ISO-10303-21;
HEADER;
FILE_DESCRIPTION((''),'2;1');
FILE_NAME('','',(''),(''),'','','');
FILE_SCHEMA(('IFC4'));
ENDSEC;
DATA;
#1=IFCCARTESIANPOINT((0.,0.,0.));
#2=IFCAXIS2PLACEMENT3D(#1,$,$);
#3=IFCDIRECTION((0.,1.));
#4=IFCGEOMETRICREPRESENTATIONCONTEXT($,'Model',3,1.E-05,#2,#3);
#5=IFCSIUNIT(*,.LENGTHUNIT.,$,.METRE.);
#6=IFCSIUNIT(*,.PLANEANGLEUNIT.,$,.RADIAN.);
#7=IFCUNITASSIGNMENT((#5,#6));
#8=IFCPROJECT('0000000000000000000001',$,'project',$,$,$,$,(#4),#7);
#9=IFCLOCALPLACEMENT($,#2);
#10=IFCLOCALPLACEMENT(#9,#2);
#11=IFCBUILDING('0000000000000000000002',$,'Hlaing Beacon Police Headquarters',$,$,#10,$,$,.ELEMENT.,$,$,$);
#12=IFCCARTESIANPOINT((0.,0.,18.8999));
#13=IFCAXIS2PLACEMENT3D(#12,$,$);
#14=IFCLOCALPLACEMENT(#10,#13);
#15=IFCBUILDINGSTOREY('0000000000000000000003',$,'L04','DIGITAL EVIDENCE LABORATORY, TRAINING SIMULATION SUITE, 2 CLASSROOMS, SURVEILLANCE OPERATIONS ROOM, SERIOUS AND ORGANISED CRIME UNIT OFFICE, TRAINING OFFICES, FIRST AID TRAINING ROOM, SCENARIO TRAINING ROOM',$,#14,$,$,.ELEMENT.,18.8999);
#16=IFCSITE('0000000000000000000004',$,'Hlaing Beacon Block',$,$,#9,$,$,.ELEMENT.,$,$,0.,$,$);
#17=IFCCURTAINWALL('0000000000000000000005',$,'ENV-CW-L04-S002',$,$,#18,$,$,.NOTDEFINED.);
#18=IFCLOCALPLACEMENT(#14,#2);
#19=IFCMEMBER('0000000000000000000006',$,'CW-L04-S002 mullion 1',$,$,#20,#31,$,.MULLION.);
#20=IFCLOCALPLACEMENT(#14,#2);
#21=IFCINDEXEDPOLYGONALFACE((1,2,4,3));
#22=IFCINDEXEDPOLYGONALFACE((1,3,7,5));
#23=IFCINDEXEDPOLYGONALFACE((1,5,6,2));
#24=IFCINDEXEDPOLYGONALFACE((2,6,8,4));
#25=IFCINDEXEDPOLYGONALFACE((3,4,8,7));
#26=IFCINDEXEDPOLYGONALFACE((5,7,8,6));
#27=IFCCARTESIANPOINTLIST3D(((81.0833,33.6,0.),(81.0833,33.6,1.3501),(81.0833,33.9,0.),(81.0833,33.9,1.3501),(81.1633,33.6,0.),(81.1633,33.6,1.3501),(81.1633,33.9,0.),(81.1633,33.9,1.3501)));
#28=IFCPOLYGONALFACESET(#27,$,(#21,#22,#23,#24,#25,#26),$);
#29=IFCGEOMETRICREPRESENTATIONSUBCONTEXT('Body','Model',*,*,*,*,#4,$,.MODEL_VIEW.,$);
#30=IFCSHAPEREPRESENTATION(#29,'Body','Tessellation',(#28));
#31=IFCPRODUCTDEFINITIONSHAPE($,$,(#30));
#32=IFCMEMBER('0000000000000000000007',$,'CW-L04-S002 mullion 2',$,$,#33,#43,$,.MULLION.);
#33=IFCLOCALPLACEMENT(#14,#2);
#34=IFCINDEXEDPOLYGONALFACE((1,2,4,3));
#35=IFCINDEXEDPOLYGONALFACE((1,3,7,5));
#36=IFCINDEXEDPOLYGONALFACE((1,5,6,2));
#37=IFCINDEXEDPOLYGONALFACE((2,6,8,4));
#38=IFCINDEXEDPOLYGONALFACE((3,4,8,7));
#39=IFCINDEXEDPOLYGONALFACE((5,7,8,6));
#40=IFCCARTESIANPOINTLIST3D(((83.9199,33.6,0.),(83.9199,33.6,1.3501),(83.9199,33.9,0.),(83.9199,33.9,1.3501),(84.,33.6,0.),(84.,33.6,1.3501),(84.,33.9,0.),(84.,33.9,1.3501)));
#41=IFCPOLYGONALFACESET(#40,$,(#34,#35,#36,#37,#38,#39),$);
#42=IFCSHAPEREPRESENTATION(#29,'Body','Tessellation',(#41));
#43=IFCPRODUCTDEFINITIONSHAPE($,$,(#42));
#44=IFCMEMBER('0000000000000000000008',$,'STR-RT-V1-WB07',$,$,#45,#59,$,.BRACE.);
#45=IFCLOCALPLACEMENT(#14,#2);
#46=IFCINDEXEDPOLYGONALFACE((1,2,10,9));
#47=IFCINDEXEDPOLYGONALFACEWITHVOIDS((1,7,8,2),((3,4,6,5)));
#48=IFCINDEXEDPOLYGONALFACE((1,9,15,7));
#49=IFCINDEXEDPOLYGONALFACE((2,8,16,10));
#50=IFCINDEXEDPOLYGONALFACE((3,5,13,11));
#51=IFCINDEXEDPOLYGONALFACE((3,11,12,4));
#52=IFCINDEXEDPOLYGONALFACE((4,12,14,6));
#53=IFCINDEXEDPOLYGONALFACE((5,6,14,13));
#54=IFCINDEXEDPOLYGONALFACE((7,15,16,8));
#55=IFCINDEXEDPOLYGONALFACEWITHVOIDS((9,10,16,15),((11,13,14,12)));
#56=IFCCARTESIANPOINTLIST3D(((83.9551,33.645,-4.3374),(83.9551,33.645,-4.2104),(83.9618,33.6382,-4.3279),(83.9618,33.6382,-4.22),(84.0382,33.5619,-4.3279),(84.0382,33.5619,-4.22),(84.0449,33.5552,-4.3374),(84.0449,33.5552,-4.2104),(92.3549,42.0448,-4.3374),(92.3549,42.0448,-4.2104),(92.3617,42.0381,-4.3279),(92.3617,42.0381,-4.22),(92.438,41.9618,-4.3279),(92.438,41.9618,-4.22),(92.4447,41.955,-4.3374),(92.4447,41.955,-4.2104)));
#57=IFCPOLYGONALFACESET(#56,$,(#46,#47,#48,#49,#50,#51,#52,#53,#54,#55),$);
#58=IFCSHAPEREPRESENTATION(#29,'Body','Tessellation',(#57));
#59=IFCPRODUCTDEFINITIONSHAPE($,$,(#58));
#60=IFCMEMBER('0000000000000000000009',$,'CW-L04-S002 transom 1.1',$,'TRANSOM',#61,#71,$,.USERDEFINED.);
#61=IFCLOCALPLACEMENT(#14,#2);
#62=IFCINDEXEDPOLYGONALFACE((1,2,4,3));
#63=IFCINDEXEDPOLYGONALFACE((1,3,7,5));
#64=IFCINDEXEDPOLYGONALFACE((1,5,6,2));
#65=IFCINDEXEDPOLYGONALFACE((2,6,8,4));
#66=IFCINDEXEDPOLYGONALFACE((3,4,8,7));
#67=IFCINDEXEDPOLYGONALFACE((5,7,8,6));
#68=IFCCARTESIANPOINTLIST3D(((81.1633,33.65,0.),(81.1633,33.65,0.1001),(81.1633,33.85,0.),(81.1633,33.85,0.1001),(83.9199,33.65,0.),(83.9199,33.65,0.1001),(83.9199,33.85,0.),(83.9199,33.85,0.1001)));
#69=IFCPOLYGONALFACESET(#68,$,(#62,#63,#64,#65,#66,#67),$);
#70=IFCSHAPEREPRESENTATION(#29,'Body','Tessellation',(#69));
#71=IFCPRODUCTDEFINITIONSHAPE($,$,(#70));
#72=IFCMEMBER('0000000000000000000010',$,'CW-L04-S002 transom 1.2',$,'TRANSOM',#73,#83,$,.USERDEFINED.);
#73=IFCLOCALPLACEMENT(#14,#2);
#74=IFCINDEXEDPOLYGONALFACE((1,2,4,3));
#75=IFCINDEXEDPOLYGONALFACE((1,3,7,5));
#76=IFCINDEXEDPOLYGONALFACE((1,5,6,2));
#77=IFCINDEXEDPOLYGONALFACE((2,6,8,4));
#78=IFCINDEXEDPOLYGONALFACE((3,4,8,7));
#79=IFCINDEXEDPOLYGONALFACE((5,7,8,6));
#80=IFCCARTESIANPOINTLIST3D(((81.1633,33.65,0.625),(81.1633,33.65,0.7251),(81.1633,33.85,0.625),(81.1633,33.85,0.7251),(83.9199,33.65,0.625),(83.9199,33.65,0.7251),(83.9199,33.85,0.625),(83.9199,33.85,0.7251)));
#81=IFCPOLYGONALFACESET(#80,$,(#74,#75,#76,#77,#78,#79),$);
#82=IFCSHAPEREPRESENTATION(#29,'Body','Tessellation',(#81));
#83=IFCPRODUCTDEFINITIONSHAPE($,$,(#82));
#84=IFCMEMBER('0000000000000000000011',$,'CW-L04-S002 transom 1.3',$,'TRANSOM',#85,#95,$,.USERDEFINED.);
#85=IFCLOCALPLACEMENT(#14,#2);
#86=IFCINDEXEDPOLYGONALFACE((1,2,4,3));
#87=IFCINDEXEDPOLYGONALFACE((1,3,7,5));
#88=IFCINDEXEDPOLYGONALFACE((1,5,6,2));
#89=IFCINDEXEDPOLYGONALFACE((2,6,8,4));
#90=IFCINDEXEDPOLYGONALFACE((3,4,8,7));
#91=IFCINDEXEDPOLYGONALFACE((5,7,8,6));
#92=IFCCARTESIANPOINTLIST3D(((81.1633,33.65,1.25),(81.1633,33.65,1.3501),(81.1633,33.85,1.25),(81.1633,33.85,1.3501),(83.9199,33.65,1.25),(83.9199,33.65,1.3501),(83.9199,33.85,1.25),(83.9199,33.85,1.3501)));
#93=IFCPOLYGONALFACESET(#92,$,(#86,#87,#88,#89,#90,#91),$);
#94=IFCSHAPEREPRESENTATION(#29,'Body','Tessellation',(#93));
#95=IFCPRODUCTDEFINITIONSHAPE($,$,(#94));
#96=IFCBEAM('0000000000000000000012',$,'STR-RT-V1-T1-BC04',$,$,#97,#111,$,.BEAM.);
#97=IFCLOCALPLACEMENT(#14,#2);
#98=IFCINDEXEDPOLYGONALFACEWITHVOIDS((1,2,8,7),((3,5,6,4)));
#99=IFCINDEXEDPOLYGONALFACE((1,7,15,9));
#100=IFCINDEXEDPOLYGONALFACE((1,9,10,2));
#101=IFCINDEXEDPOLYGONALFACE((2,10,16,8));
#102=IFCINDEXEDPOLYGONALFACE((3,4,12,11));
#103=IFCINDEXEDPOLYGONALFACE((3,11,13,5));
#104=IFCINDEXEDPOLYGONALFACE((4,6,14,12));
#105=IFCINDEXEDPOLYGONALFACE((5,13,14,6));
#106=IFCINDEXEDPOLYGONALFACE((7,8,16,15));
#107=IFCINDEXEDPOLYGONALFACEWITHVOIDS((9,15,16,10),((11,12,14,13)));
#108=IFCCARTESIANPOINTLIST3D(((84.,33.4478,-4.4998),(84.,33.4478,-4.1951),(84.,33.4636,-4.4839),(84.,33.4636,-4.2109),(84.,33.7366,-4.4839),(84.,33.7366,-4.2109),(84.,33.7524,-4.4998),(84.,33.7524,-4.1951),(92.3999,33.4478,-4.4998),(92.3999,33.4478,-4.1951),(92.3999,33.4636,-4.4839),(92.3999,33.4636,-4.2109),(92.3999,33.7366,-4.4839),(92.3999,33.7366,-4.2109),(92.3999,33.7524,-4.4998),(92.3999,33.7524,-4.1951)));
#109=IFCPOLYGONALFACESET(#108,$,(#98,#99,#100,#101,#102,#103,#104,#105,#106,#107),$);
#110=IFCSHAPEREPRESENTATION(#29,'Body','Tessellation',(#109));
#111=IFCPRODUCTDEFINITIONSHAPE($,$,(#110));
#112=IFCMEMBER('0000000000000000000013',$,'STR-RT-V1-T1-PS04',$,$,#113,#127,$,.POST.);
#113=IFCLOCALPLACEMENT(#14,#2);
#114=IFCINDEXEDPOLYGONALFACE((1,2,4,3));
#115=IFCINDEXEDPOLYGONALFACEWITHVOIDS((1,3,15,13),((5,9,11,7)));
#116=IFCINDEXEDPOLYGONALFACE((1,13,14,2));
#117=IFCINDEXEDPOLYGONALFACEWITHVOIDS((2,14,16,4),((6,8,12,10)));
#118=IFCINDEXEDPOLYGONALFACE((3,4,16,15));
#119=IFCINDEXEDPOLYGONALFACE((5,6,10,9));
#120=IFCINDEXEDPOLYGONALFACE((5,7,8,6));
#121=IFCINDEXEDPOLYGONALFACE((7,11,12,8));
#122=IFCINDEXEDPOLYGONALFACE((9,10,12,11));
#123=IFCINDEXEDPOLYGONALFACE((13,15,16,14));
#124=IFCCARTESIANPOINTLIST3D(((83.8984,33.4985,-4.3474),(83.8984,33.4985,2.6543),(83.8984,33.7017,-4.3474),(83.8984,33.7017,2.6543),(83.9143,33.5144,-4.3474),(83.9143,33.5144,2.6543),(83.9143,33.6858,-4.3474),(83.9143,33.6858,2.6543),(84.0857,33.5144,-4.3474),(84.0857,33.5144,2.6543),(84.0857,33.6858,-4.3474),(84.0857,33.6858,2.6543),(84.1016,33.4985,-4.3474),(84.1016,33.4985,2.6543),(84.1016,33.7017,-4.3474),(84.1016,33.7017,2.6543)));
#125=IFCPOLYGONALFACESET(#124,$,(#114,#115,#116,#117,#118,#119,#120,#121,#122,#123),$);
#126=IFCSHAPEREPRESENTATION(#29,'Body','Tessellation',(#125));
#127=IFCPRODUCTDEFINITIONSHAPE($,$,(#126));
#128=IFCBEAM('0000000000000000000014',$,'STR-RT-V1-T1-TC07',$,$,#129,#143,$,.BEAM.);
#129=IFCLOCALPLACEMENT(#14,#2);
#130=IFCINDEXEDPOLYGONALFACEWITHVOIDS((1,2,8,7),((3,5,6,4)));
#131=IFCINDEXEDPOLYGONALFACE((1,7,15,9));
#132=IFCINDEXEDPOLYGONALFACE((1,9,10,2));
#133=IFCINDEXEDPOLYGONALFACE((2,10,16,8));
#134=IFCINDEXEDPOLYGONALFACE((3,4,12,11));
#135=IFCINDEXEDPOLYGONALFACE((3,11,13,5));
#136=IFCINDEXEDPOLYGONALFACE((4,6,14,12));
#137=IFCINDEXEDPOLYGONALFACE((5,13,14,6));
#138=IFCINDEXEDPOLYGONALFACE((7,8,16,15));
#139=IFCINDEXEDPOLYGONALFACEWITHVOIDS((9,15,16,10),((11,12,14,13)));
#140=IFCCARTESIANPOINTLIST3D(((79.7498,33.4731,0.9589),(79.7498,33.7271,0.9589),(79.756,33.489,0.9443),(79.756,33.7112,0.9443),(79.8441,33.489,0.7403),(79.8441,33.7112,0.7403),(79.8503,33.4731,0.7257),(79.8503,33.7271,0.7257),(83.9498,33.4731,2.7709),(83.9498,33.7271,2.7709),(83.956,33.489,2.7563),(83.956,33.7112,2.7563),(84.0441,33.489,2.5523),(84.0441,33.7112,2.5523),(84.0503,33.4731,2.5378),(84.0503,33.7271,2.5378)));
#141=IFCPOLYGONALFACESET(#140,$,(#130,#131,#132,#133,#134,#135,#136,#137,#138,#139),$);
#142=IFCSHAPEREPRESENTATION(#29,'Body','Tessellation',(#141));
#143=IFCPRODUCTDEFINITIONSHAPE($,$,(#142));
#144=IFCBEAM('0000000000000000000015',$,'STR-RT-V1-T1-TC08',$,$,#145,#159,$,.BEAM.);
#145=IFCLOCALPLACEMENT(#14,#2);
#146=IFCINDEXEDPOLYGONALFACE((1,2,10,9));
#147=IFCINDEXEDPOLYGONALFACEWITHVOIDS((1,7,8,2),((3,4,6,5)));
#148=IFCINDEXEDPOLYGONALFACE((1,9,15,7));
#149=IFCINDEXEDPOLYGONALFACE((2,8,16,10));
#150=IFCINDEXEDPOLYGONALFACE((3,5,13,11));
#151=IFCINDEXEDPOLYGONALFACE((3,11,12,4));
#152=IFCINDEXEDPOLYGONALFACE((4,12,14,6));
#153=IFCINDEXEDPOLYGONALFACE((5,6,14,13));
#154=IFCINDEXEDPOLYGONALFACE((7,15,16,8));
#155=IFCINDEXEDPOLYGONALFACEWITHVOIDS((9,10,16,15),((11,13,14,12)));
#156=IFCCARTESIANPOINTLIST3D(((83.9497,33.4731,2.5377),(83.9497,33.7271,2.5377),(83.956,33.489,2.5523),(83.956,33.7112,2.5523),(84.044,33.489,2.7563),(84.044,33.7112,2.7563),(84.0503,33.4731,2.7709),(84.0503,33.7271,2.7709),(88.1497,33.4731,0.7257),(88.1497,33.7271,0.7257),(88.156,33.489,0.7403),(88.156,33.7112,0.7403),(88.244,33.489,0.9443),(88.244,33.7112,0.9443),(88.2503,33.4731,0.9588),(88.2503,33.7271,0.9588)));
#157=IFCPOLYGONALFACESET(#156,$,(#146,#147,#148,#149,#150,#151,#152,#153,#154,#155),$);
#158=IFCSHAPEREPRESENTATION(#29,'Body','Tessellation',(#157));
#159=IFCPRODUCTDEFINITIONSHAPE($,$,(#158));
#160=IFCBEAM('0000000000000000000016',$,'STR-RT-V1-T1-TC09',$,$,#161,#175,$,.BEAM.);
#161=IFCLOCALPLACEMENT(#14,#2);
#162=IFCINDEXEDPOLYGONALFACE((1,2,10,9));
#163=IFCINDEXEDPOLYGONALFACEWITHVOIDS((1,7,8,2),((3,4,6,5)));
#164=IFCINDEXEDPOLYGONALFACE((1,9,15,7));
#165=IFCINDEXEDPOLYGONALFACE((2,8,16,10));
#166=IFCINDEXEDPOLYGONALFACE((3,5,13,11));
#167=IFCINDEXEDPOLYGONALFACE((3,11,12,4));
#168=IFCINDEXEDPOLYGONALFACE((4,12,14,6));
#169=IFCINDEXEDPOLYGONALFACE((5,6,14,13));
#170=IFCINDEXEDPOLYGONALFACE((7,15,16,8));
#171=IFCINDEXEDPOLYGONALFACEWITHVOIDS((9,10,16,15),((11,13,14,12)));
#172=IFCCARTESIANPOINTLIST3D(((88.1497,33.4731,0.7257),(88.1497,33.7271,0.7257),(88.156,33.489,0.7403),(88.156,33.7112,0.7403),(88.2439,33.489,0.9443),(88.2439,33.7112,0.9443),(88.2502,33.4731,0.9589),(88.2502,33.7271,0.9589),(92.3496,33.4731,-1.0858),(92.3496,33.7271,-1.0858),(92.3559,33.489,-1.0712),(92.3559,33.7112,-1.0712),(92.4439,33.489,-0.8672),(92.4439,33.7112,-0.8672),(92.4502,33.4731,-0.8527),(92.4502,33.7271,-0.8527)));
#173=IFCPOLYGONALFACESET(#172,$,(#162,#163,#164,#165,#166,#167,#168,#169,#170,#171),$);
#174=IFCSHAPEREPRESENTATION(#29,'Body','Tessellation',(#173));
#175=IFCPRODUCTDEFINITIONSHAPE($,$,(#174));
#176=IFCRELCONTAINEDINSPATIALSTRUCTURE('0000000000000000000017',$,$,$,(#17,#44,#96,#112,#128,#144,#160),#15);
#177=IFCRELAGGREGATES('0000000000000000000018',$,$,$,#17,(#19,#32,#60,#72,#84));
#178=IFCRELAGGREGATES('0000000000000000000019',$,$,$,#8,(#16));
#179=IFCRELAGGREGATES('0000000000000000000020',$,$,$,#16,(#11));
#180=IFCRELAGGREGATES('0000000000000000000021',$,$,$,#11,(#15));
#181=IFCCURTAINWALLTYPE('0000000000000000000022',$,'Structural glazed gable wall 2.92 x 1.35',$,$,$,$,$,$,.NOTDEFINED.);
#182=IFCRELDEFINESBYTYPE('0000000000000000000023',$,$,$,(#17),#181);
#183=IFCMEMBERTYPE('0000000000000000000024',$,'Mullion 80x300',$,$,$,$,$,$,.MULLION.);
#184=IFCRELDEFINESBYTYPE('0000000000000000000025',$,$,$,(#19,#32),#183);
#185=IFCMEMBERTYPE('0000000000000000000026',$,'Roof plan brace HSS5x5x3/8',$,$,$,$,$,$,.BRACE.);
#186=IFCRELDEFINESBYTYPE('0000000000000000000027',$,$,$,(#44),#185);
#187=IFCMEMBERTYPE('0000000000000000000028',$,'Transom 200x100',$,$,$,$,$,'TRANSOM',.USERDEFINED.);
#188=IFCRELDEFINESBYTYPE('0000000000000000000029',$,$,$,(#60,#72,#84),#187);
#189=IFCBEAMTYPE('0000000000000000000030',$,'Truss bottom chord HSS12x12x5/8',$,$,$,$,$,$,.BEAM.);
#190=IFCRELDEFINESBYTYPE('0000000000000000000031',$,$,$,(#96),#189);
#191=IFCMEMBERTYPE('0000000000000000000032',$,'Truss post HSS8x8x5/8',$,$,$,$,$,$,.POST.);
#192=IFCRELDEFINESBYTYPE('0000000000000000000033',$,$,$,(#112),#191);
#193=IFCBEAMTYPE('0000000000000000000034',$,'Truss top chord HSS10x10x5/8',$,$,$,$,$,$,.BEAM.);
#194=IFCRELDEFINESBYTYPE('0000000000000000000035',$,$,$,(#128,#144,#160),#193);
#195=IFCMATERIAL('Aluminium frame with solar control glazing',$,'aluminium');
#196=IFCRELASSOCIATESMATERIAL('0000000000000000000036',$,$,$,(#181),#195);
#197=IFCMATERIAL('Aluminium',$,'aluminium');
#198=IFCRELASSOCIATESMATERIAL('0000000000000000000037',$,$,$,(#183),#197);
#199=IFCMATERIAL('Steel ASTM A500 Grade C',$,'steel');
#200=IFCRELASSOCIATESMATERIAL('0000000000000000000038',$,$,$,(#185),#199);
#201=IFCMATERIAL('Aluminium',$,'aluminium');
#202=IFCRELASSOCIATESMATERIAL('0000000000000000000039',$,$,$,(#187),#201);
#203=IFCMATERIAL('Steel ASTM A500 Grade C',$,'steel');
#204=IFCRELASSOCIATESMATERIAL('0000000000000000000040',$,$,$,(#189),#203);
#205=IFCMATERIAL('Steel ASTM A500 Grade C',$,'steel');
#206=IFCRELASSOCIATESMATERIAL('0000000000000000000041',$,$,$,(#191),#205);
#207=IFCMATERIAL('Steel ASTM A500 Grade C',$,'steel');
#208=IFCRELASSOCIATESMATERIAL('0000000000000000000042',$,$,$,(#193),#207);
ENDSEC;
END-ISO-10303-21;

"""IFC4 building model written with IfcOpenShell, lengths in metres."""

from ifc_helpers import new_model, si_unit, direction, frame, origin, origin_2d, place, context, subcontext, project, spatial, rectangle, hollow_rectangle, extrude, material, material_profile, profile_set, type_object, element, aggregate, save


model = new_model("IFC4")

# Units and contexts
model_context = context("Model", 3, precision=1e-05, world=origin(), true_north=direction((0.0, 1.0)))
body_context = subcontext(model_context, "Body", "Model", "MODEL_VIEW")
ifc_project = project(units=[si_unit("LENGTHUNIT", "METRE"), si_unit("PLANEANGLEUNIT", "RADIAN")], contexts=[model_context])

# Site, building, storey
site_placement = place(None, origin())
site = spatial("IfcSite", under=ifc_project, at=site_placement, Name="Hlaing Beacon Block", CompositionType="ELEMENT", RefElevation=0.0)
building_placement = place(site_placement, origin())
building = spatial("IfcBuilding", under=site, at=building_placement, Name="Hlaing Beacon Police Headquarters", CompositionType="ELEMENT")
storey_placement = place(building_placement, frame((0.0, 0.0, 18.8999)))
storey = spatial("IfcBuildingStorey", under=building, at=storey_placement, Name="L04", Description="DIGITAL EVIDENCE LABORATORY, TRAINING SIMULATION SUITE, 2 CLASSROOMS, SURVEILLANCE OPERATIONS ROOM, SERIOUS AND ORGANISED CRIME UNIT OFFICE, TRAINING OFFICES, FIRST AID TRAINING ROOM, SCENARIO TRAINING ROOM", CompositionType="ELEMENT", Elevation=18.8999)

# Curtain wall, members
ifc_material_1 = material(Name="Aluminium frame with solar control glazing", Category="aluminium")
curtain_wall_type = type_object("IfcCurtainWallType", Name="Structural glazed gable wall 2.92 x 1.35", PredefinedType="NOTDEFINED", material=ifc_material_1)
curtain_wall_placement = place(storey_placement, origin())
curtain_wall = element("IfcCurtainWall", 1, at=curtain_wall_placement, inside=storey, type_object=curtain_wall_type, Name="ENV-CW-L04-S002", PredefinedType="NOTDEFINED")
ifc_material_2 = material(Name="Aluminium", Category="aluminium")
ifc_material_profile_1 = material_profile(ifc_material_2, rectangle(XDim=0.3, YDim=0.0801, at=origin_2d()), Name="Mullion 80x300")
ifc_profile_set_1 = profile_set([ifc_material_profile_1], Name="Aluminium")
member_type_1 = type_object("IfcMemberType", Name="Mullion 80x300", PredefinedType="MULLION", material=ifc_profile_set_1)
member_1_placement = place(storey_placement, frame((81.1233, 33.75, 0.0), z_axis=(0.0, 0.0, 1.0), x_axis=(0.0, 1.0, 0.0)))
member_1 = element("IfcMember", 2, at=member_1_placement, type_object=member_type_1, Name="CW-L04-S002 mullion 1", PredefinedType="MULLION", context=body_context, shape_type="SweptSolid", body=[
    extrude(rectangle(XDim=0.3, YDim=0.0801, at=origin_2d()), origin(), (0.0, 0.0, 1.0), 1.3501),
])
member_2_placement = place(storey_placement, frame((83.96, 33.75, 0.0), z_axis=(0.0, 0.0, 1.0), x_axis=(0.0, 1.0, 0.0)))
member_2 = element("IfcMember", 3, at=member_2_placement, type_object=member_type_1, Name="CW-L04-S002 mullion 2", PredefinedType="MULLION", context=body_context, shape_type="SweptSolid", body=[
    extrude(rectangle(XDim=0.3, YDim=0.0801, at=origin_2d()), origin(), (0.0, 0.0, 1.0), 1.3501),
])

# Members
ifc_material_3 = material(Name="Steel ASTM A500 Grade C", Category="steel")
ifc_material_profile_2 = material_profile(ifc_material_3, hollow_rectangle(XDim=0.127, YDim=0.127, WallThickness=0.0095, at=origin_2d()), Name="HSS5x5x3/8")
ifc_profile_set_2 = profile_set([ifc_material_profile_2], Name="Steel ASTM A500 Grade C")
member_type_2 = type_object("IfcMemberType", Name="Roof plan brace HSS5x5x3/8", PredefinedType="BRACE", material=ifc_profile_set_2)
member_3_placement = place(storey_placement, frame((84.0, 33.6001, -4.2739), z_axis=(0.707107, 0.707107, 0.0), x_axis=(-0.707107, 0.707107, 0.0)))
element("IfcMember", 4, at=member_3_placement, inside=storey, type_object=member_type_2, Name="STR-RT-V1-WB07", PredefinedType="BRACE", context=body_context, shape_type="SweptSolid", body=[
    extrude(hollow_rectangle(XDim=0.127, YDim=0.127, WallThickness=0.0095, at=origin_2d()), origin(), (0.0, 0.0, 1.0), 11.8792),
])
ifc_material_4 = material(Name="Aluminium", Category="aluminium")
ifc_material_profile_3 = material_profile(ifc_material_4, rectangle(XDim=0.2, YDim=0.1001, at=origin_2d()), Name="Transom 200x100")
ifc_profile_set_3 = profile_set([ifc_material_profile_3], Name="Aluminium")
member_type_3 = type_object("IfcMemberType", Name="Transom 200x100", ElementType="TRANSOM", PredefinedType="USERDEFINED", material=ifc_profile_set_3)
member_4_placement = place(storey_placement, frame((81.1633, 33.75, 0.05), z_axis=(1.0, 0.0, 0.0), x_axis=(0.0, 1.0, 0.0)))
member_4 = element("IfcMember", 5, at=member_4_placement, type_object=member_type_3, Name="CW-L04-S002 transom 1.1", ObjectType="TRANSOM", PredefinedType="USERDEFINED", context=body_context, shape_type="SweptSolid", body=[
    extrude(rectangle(XDim=0.2, YDim=0.1001, at=origin_2d()), origin(), (0.0, 0.0, 1.0), 2.7566),
])
member_5_placement = place(storey_placement, frame((81.1633, 33.75, 0.675), z_axis=(1.0, 0.0, 0.0), x_axis=(0.0, 1.0, 0.0)))
member_5 = element("IfcMember", 6, at=member_5_placement, type_object=member_type_3, Name="CW-L04-S002 transom 1.2", ObjectType="TRANSOM", PredefinedType="USERDEFINED", context=body_context, shape_type="SweptSolid", body=[
    extrude(rectangle(XDim=0.2, YDim=0.1001, at=origin_2d()), origin(), (0.0, 0.0, 1.0), 2.7566),
])
member_6_placement = place(storey_placement, frame((81.1633, 33.75, 1.3), z_axis=(1.0, 0.0, 0.0), x_axis=(0.0, 1.0, 0.0)))
member_6 = element("IfcMember", 7, at=member_6_placement, type_object=member_type_3, Name="CW-L04-S002 transom 1.3", ObjectType="TRANSOM", PredefinedType="USERDEFINED", context=body_context, shape_type="SweptSolid", body=[
    extrude(rectangle(XDim=0.2, YDim=0.1001, at=origin_2d()), origin(), (0.0, 0.0, 1.0), 2.7566),
])

# Beam
ifc_material_5 = material(Name="Steel ASTM A500 Grade C", Category="steel")
ifc_material_profile_4 = material_profile(ifc_material_5, hollow_rectangle(XDim=0.3047, YDim=0.3047, WallThickness=0.0159, at=origin_2d()), Name="HSS12x12x5/8")
ifc_profile_set_4 = profile_set([ifc_material_profile_4], Name="Steel ASTM A500 Grade C")
beam_type_1 = type_object("IfcBeamType", Name="Truss bottom chord HSS12x12x5/8", PredefinedType="BEAM", material=ifc_profile_set_4)
beam_1_placement = place(storey_placement, frame((84.0, 33.6001, -4.3474), z_axis=(1.0, 0.0, 0.0), x_axis=(0.0, 1.0, 0.0)))
element("IfcBeam", 8, at=beam_1_placement, inside=storey, type_object=beam_type_1, Name="STR-RT-V1-T1-BC04", PredefinedType="BEAM", context=body_context, shape_type="SweptSolid", body=[
    extrude(hollow_rectangle(XDim=0.3047, YDim=0.3047, WallThickness=0.0159, at=origin_2d()), origin(), (0.0, 0.0, 1.0), 8.3999),
])

# Member
ifc_material_6 = material(Name="Steel ASTM A500 Grade C", Category="steel")
ifc_material_profile_5 = material_profile(ifc_material_6, hollow_rectangle(XDim=0.2031, YDim=0.2031, WallThickness=0.0159, at=origin_2d()), Name="HSS8x8x5/8")
ifc_profile_set_5 = profile_set([ifc_material_profile_5], Name="Steel ASTM A500 Grade C")
member_type_4 = type_object("IfcMemberType", Name="Truss post HSS8x8x5/8", PredefinedType="POST", material=ifc_profile_set_5)
member_7_placement = place(storey_placement, frame((84.0, 33.6001, -4.3474), z_axis=(0.0, 0.0, 1.0), x_axis=(1.0, 0.0, 0.0)))
element("IfcMember", 9, at=member_7_placement, inside=storey, type_object=member_type_4, Name="STR-RT-V1-T1-PS04", PredefinedType="POST", context=body_context, shape_type="SweptSolid", body=[
    extrude(hollow_rectangle(XDim=0.2031, YDim=0.2031, WallThickness=0.0159, at=origin_2d()), origin(), (0.0, 0.0, 1.0), 7.0017),
])

# Beams
ifc_material_7 = material(Name="Steel ASTM A500 Grade C", Category="steel")
ifc_material_profile_6 = material_profile(ifc_material_7, hollow_rectangle(XDim=0.2539, YDim=0.2539, WallThickness=0.0159, at=origin_2d()), Name="HSS10x10x5/8")
ifc_profile_set_6 = profile_set([ifc_material_profile_6], Name="Steel ASTM A500 Grade C")
beam_type_2 = type_object("IfcBeamType", Name="Truss top chord HSS10x10x5/8", PredefinedType="BEAM", material=ifc_profile_set_6)
for number, where, z_axis, x_axis, name in (
    (10, (79.8, 33.6001, 0.8423), (0.91819, 0.0, 0.396141), (0.0, 1.0, 0.0), "STR-RT-V1-T1-TC07"),
    (11, (84.0, 33.6001, 2.6543), (0.91819, 0.0, -0.396141), (0.0, 1.0, 0.0), "STR-RT-V1-T1-TC08"),
):
    element("IfcBeam", number, at=place(storey_placement, frame(where, z_axis=z_axis, x_axis=x_axis)), inside=storey, type_object=beam_type_2, Name=name, PredefinedType="BEAM", context=body_context, shape_type="SweptSolid", body=[
        extrude(hollow_rectangle(XDim=0.2539, YDim=0.2539, WallThickness=0.0159, at=origin_2d()), origin(), (0.0, 0.0, 1.0), 4.5742),
    ])
beam_2_placement = place(storey_placement, frame((88.2, 33.6001, 0.8423), z_axis=(0.918229, 0.0, -0.396051), x_axis=(0.0, 1.0, 0.0)))
element("IfcBeam", 12, at=beam_2_placement, inside=storey, type_object=beam_type_2, Name="STR-RT-V1-T1-TC09", PredefinedType="BEAM", context=body_context, shape_type="SweptSolid", body=[
    extrude(hollow_rectangle(XDim=0.2539, YDim=0.2539, WallThickness=0.0159, at=origin_2d()), origin(), (0.0, 0.0, 1.0), 4.574),
])

aggregate(curtain_wall, [member_1, member_2, member_4, member_5, member_6])

save(model, "model.ifc")
